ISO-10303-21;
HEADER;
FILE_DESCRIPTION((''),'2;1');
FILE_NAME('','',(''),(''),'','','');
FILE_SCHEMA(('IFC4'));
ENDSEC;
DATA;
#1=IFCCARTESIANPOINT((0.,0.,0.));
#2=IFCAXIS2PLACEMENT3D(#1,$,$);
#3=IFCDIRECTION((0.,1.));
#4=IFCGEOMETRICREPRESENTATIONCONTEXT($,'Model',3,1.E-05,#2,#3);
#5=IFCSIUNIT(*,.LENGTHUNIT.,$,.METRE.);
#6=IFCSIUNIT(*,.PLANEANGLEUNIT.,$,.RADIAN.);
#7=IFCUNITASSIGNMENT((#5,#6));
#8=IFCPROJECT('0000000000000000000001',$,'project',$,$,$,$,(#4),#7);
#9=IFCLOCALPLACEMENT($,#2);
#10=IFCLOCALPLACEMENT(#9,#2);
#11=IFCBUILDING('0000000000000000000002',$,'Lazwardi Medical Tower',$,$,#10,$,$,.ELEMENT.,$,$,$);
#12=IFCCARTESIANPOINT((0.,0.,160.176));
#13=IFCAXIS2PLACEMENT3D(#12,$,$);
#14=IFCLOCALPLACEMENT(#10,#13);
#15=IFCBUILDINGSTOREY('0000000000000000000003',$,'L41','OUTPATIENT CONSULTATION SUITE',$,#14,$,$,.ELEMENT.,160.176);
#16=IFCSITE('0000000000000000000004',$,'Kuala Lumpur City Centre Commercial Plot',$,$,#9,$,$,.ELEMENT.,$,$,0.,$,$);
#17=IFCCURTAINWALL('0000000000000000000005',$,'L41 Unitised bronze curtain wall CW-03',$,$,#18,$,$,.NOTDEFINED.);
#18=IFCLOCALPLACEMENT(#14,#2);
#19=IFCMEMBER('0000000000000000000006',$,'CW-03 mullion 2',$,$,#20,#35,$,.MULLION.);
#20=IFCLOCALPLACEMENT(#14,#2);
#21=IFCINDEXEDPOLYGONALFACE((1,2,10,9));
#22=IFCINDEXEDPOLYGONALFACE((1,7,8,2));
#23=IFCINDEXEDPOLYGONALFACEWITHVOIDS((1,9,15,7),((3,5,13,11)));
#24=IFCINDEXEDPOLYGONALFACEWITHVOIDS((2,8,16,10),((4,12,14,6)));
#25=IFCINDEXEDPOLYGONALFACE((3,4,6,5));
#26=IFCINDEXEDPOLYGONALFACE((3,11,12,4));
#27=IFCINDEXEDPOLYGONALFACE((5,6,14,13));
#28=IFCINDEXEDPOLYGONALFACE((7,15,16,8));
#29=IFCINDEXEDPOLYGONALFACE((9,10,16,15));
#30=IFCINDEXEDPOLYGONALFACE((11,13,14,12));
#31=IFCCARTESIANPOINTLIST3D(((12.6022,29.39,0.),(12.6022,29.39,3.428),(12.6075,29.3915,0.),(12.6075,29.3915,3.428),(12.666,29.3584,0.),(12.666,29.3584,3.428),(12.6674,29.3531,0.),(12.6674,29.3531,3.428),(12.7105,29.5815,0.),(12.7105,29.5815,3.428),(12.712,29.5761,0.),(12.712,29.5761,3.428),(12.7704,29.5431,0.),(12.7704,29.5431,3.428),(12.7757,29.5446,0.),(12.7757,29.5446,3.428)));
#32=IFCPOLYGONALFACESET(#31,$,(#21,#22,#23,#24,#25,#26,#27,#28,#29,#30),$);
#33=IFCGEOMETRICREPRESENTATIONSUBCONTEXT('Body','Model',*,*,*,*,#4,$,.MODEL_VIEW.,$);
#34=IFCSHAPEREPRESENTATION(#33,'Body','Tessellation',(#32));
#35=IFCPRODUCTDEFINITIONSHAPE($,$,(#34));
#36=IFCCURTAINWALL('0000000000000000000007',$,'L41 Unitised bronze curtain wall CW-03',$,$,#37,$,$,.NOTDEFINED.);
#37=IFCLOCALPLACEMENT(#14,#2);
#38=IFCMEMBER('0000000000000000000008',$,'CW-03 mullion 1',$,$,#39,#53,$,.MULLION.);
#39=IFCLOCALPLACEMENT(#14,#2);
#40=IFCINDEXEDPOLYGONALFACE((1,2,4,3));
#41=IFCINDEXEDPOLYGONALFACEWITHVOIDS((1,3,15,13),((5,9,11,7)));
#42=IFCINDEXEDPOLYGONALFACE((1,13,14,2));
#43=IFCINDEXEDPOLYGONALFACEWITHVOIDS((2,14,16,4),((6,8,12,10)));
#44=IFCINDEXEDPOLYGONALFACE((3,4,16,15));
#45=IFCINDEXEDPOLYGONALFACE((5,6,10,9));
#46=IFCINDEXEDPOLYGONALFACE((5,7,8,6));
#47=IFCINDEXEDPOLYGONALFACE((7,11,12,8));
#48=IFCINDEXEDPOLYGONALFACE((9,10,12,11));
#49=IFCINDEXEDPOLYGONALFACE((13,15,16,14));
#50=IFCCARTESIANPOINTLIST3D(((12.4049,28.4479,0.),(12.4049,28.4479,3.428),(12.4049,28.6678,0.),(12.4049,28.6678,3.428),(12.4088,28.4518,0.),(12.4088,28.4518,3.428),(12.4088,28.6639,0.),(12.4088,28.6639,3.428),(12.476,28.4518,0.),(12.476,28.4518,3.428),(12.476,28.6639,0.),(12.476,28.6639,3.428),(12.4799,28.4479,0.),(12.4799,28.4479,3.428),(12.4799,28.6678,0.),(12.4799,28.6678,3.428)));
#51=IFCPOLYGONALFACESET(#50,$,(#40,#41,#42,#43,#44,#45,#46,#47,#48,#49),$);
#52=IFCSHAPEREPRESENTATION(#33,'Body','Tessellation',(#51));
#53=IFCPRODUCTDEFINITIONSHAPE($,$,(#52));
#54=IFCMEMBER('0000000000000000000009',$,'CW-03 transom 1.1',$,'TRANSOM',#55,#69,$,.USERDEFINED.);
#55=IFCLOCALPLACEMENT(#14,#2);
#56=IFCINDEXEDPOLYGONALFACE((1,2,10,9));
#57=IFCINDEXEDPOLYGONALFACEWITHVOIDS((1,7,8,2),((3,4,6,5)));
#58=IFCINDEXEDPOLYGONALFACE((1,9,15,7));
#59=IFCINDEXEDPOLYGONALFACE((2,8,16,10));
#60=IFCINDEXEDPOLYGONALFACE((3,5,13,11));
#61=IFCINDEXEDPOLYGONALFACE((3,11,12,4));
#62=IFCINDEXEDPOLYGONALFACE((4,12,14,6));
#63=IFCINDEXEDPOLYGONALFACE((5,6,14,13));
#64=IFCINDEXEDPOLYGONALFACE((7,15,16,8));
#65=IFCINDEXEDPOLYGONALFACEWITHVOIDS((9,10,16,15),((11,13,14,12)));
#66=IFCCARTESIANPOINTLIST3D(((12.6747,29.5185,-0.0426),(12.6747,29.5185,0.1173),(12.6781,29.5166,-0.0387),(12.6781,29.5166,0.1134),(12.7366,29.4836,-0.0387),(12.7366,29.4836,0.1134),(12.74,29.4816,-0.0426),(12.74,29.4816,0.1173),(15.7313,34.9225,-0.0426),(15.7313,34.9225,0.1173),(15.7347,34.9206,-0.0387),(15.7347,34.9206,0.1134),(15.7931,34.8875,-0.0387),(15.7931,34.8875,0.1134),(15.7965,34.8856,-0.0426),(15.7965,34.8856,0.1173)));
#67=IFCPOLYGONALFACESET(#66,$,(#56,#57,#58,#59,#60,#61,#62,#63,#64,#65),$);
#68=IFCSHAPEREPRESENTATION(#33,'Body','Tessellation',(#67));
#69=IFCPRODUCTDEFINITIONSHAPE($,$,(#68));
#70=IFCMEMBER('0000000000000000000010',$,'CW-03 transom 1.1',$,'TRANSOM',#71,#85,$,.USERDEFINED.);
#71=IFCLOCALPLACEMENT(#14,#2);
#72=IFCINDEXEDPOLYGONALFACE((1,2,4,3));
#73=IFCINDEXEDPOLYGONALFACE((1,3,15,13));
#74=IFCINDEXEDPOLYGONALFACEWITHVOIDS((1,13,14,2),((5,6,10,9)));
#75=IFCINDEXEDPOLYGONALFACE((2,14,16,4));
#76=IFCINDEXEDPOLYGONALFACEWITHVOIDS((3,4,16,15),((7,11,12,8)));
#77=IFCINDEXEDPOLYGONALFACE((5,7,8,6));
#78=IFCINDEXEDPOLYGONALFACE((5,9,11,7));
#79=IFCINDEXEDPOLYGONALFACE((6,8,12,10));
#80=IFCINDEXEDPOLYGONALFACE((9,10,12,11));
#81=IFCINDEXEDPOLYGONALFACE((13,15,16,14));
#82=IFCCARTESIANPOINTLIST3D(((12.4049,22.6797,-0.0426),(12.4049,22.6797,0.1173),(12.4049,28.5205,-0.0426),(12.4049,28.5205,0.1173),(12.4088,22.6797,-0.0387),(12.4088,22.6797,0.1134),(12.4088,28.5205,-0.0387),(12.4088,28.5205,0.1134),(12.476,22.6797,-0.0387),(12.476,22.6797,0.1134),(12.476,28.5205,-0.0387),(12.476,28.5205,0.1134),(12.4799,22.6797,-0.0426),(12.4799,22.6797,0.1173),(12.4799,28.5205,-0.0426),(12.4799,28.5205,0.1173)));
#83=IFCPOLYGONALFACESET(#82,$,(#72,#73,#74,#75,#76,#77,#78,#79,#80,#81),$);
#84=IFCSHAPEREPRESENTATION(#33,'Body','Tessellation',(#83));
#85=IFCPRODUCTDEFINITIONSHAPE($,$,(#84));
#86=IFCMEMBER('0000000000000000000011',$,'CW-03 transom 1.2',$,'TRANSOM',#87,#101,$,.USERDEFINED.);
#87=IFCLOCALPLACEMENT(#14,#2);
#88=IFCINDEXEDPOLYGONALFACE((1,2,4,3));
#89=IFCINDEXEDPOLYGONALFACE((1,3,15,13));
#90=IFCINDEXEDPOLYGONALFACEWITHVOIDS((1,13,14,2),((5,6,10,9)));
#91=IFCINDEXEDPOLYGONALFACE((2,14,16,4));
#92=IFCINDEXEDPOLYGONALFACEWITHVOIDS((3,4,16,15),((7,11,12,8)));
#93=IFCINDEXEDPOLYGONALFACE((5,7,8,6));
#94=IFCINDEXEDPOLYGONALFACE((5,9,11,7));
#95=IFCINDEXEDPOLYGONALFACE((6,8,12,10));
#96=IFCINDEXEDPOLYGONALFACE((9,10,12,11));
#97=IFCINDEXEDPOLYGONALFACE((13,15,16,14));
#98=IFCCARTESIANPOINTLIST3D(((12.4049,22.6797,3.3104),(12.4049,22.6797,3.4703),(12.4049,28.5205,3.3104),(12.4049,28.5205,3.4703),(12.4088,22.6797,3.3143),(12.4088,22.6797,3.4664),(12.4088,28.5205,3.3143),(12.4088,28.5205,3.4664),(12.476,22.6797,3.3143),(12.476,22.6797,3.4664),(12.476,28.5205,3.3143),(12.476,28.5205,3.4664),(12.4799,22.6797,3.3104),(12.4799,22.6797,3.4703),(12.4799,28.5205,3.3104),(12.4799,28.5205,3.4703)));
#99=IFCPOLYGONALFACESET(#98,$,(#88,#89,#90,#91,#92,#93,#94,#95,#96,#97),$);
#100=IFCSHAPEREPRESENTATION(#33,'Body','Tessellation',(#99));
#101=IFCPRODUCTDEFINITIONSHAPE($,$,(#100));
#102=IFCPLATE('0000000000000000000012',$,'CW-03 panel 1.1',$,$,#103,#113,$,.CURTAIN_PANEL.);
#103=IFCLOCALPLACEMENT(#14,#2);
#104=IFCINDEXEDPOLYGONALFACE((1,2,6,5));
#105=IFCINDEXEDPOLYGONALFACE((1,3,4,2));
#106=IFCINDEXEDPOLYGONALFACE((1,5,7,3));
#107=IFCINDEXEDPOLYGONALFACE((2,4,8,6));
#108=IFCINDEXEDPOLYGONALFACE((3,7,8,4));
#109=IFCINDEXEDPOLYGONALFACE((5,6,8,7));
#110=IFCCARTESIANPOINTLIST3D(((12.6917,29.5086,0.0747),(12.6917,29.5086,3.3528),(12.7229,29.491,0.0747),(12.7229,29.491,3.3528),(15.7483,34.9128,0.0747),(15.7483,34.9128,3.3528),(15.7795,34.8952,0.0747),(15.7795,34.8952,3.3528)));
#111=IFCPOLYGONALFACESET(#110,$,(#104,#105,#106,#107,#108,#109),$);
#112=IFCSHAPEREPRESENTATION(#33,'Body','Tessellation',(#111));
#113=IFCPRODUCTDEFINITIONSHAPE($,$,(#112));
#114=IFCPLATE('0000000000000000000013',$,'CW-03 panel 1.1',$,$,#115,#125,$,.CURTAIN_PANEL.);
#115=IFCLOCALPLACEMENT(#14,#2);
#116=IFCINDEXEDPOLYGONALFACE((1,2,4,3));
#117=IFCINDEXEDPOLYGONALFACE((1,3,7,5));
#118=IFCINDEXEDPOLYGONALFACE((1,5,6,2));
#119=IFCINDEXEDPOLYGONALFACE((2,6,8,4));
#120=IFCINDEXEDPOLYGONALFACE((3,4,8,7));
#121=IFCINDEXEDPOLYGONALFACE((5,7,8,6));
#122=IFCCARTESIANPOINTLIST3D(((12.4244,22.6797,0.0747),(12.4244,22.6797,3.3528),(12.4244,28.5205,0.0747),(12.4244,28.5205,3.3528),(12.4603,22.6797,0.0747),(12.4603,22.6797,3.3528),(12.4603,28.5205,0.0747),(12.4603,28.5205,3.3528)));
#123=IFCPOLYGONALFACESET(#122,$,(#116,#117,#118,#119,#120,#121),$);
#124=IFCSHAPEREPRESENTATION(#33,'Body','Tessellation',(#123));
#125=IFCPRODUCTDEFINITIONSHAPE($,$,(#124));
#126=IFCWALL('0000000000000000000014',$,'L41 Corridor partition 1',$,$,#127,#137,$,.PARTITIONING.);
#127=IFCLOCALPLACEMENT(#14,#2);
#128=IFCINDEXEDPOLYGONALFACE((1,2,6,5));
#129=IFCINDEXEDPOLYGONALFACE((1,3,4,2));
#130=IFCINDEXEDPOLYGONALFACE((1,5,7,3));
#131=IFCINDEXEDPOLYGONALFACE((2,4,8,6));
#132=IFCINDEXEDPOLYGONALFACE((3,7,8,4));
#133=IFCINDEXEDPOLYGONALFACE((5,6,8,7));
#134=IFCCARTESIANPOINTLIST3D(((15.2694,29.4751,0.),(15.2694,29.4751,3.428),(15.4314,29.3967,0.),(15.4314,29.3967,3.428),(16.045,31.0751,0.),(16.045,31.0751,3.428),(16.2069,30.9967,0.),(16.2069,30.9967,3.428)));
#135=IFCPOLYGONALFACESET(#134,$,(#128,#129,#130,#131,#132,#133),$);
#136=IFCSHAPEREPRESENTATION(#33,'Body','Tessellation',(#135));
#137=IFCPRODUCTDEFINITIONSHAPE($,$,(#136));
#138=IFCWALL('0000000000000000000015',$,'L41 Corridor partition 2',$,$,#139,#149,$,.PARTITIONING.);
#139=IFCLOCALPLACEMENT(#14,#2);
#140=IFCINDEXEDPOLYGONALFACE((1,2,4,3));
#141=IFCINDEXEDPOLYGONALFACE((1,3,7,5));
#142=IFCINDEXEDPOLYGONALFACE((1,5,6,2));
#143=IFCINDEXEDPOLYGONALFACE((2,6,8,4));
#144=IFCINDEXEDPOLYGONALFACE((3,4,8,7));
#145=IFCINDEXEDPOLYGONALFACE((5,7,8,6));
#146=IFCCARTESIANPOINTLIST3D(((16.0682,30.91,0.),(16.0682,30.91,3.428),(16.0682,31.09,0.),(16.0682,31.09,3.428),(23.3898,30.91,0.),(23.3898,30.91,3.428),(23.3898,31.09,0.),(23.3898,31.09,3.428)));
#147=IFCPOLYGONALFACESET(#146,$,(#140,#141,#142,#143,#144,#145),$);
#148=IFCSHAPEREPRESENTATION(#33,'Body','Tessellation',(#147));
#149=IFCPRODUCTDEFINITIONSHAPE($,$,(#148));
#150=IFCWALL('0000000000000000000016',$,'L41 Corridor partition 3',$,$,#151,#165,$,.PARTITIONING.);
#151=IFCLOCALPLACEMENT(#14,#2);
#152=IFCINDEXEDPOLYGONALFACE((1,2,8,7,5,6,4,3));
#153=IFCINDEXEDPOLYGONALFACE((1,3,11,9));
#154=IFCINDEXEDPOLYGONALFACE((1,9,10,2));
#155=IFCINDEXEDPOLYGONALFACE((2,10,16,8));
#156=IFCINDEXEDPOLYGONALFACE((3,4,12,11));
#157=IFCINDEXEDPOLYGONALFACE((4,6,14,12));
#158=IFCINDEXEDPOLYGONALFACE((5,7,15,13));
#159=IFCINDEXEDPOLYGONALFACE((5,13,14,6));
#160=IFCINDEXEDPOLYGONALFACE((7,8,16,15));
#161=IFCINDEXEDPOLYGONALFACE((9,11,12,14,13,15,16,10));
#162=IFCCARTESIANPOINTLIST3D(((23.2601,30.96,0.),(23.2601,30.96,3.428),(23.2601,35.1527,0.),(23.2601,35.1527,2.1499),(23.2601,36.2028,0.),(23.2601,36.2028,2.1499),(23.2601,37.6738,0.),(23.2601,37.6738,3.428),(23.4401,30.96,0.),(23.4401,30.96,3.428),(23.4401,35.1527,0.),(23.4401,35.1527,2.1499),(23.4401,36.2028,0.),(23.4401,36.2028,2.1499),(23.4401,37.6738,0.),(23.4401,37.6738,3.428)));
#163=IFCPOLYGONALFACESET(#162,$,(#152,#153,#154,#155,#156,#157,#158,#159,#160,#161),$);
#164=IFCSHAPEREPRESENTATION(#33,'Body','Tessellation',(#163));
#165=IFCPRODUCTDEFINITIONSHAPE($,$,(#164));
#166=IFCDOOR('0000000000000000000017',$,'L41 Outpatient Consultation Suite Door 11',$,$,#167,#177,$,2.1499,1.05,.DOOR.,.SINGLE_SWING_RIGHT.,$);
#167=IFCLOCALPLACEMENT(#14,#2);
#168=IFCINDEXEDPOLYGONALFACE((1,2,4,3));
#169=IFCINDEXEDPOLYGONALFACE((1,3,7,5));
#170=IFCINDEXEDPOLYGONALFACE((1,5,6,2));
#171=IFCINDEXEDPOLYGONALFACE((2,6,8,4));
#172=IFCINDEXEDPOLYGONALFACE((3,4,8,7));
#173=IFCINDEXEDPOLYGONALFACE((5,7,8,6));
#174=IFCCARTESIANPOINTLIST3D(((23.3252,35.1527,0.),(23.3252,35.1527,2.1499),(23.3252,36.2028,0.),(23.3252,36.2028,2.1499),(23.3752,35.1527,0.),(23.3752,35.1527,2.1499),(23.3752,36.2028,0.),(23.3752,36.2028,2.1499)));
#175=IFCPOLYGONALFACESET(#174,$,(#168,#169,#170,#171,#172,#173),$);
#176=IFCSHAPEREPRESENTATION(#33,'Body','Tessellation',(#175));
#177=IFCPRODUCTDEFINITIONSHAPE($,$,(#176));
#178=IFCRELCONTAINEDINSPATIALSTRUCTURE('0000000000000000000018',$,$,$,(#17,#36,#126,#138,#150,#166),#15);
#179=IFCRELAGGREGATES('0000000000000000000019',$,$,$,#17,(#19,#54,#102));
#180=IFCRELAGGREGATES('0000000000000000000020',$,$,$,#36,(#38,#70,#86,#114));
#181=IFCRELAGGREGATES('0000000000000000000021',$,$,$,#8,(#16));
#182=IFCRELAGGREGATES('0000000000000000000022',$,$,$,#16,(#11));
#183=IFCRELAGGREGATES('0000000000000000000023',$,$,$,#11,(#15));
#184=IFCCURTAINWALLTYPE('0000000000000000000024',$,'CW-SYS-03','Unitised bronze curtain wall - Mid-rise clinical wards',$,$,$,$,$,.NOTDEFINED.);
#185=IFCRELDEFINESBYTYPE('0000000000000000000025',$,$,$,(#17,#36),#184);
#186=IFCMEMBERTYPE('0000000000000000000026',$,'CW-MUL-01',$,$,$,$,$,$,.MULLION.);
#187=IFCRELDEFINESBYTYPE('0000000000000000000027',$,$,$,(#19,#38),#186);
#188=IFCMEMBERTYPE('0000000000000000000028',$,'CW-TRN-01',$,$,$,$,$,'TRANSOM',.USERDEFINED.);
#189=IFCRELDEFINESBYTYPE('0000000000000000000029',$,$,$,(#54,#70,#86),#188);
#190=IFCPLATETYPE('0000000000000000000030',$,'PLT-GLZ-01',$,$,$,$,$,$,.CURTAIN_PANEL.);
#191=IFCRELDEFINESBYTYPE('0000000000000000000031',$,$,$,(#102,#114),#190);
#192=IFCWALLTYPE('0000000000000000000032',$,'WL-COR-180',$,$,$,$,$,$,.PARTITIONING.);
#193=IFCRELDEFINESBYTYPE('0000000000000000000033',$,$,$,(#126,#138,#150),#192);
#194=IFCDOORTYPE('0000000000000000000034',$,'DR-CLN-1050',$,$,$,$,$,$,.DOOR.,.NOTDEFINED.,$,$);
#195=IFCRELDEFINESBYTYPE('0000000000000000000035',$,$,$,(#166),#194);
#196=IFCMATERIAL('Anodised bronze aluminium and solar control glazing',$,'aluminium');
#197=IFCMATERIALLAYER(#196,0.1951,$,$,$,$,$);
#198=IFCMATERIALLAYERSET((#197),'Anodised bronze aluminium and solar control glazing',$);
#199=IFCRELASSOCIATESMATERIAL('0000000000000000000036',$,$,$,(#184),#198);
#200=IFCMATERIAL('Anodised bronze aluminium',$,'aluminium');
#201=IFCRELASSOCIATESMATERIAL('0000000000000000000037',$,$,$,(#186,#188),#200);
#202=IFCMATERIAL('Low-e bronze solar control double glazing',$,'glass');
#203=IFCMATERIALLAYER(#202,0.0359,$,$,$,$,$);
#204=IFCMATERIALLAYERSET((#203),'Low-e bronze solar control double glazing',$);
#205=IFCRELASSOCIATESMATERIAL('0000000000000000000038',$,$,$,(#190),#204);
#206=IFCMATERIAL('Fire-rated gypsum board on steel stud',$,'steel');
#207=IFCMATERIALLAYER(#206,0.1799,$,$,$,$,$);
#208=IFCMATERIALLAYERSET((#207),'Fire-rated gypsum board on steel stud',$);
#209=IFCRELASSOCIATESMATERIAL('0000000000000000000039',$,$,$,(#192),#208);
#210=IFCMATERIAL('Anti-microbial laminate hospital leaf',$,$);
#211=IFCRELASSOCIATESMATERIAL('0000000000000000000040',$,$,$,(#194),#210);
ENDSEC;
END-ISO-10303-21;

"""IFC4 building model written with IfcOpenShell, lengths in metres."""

from ifc_helpers import new_model, si_unit, direction, frame, frame_2d, origin, origin_2d, place, context, subcontext, project, spatial, rectangle, hollow_rectangle, extrude, material, layer, layer_set, material_profile, profile_set, type_object, element, fill, aggregate, save


model = new_model("IFC4")

# Units and contexts
model_context = context("Model", 3, precision=1e-05, world=origin(), true_north=direction((0.0, 1.0)))
body_context = subcontext(model_context, "Body", "Model", "MODEL_VIEW")
ifc_project = project(units=[si_unit("LENGTHUNIT", "METRE"), si_unit("PLANEANGLEUNIT", "RADIAN")], contexts=[model_context])

# Site, building, storey
site_placement = place(None, origin())
site = spatial("IfcSite", under=ifc_project, at=site_placement, Name="Kuala Lumpur City Centre Commercial Plot", CompositionType="ELEMENT", RefElevation=0.0)
building_placement = place(site_placement, origin())
building = spatial("IfcBuilding", under=site, at=building_placement, Name="Lazwardi Medical Tower", CompositionType="ELEMENT")
storey_placement = place(building_placement, frame((0.0, 0.0, 160.176)))
storey = spatial("IfcBuildingStorey", under=building, at=storey_placement, Name="L41", Description="OUTPATIENT CONSULTATION SUITE", CompositionType="ELEMENT", Elevation=160.176)

# Curtain walls, members
ifc_material_1 = material(Name="Anodised bronze aluminium and solar control glazing", Category="aluminium")
ifc_layer_1 = layer(ifc_material_1, 0.1951)
ifc_layer_set_1 = layer_set([ifc_layer_1], Name="Anodised bronze aluminium and solar control glazing")
curtain_wall_type = type_object("IfcCurtainWallType", Name="CW-SYS-03", Description="Unitised bronze curtain wall - Mid-rise clinical wards", PredefinedType="NOTDEFINED", material=ifc_layer_set_1)
curtain_wall_1_placement = place(storey_placement, origin())
curtain_wall_1 = element("IfcCurtainWall", 1, at=curtain_wall_1_placement, inside=storey, type_object=curtain_wall_type, Name="L41 Unitised bronze curtain wall CW-03", PredefinedType="NOTDEFINED")
ifc_material_2 = material(Name="Anodised bronze aluminium", Category="aluminium")
ifc_material_profile_1 = material_profile(ifc_material_2, hollow_rectangle(XDim=0.075, YDim=0.22, WallThickness=0.0039, at=origin_2d()), Name="ALU-MULLION 220x75x4")
ifc_profile_set_1 = profile_set([ifc_material_profile_1], Name="Anodised bronze aluminium")
member_type_1 = type_object("IfcMemberType", Name="CW-MUL-01", PredefinedType="MULLION", material=ifc_profile_set_1)
member_1_placement = place(storey_placement, frame((12.689, 29.4673, 0.0), z_axis=(0.0, 0.0, 1.0), x_axis=(0.870419, -0.492312, 0.0)))
member_1 = element("IfcMember", 2, at=member_1_placement, type_object=member_type_1, Name="CW-03 mullion 2", PredefinedType="MULLION", context=body_context, shape_type="SweptSolid", body=[
    extrude(hollow_rectangle(XDim=0.075, YDim=0.22, WallThickness=0.0039, at=origin_2d()), origin(), (0.0, 0.0, 1.0), 3.428),
])
curtain_wall_2_placement = place(storey_placement, origin())
curtain_wall_2 = element("IfcCurtainWall", 3, at=curtain_wall_2_placement, inside=storey, type_object=curtain_wall_type, Name="L41 Unitised bronze curtain wall CW-03", PredefinedType="NOTDEFINED")
member_2_placement = place(storey_placement, frame((12.4424, 28.5579, 0.0), z_axis=(0.0, 0.0, 1.0), x_axis=(1.0, 0.0, 0.0)))
member_2 = element("IfcMember", 4, at=member_2_placement, type_object=member_type_1, Name="CW-03 mullion 1", PredefinedType="MULLION", context=body_context, shape_type="SweptSolid", body=[
    extrude(hollow_rectangle(XDim=0.075, YDim=0.22, WallThickness=0.0039, at=origin_2d()), origin(), (0.0, 0.0, 1.0), 3.428),
])

# Members
ifc_material_profile_2 = material_profile(ifc_material_2, hollow_rectangle(XDim=0.075, YDim=0.1599, WallThickness=0.0039, at=origin_2d()), Name="ALU-TRANSOM 160x75x4")
ifc_profile_set_2 = profile_set([ifc_material_profile_2], Name="Anodised bronze aluminium")
member_type_2 = type_object("IfcMemberType", Name="CW-TRN-01", ElementType="TRANSOM", PredefinedType="USERDEFINED", material=ifc_profile_set_2)
member_3_placement = place(storey_placement, frame((15.7639, 34.9041, 0.0374), z_axis=(-0.492323, -0.870413, 0.0), x_axis=(0.870413, -0.492323, 0.0)))
member_3 = element("IfcMember", 5, at=member_3_placement, type_object=member_type_2, Name="CW-03 transom 1.1", ObjectType="TRANSOM", PredefinedType="USERDEFINED", context=body_context, shape_type="SweptSolid", body=[
    extrude(hollow_rectangle(XDim=0.075, YDim=0.1599, WallThickness=0.0039, at=origin_2d()), origin(), (0.0, 0.0, 1.0), 6.2085),
])
member_4_placement = place(storey_placement, frame((12.4424, 28.5205, 0.0374), z_axis=(0.0, -1.0, 0.0), x_axis=(1.0, 0.0, 0.0)))
member_4 = element("IfcMember", 6, at=member_4_placement, type_object=member_type_2, Name="CW-03 transom 1.1", ObjectType="TRANSOM", PredefinedType="USERDEFINED", context=body_context, shape_type="SweptSolid", body=[
    extrude(hollow_rectangle(XDim=0.075, YDim=0.1599, WallThickness=0.0039, at=origin_2d()), origin(), (0.0, 0.0, 1.0), 5.8408),
])
member_5_placement = place(storey_placement, frame((12.4424, 28.5205, 3.3904), z_axis=(0.0, -1.0, 0.0), x_axis=(1.0, 0.0, 0.0)))
member_5 = element("IfcMember", 7, at=member_5_placement, type_object=member_type_2, Name="CW-03 transom 1.2", ObjectType="TRANSOM", PredefinedType="USERDEFINED", context=body_context, shape_type="SweptSolid", body=[
    extrude(hollow_rectangle(XDim=0.075, YDim=0.1599, WallThickness=0.0039, at=origin_2d()), origin(), (0.0, 0.0, 1.0), 5.8408),
])

# Plates
ifc_material_3 = material(Name="Low-e bronze solar control double glazing", Category="glass")
ifc_layer_2 = layer(ifc_material_3, 0.0359)
ifc_layer_set_2 = layer_set([ifc_layer_2], Name="Low-e bronze solar control double glazing")
plate_type = type_object("IfcPlateType", Name="PLT-GLZ-01", PredefinedType="CURTAIN_PANEL", material=ifc_layer_set_2)
plate_1_placement = place(storey_placement, frame((14.2356, 32.2019, 0.0747), z_axis=(0.0, 0.0, 1.0), x_axis=(-0.492312, -0.870419, 0.0)))
plate_1 = element("IfcPlate", 8, at=plate_1_placement, type_object=plate_type, Name="CW-03 panel 1.1", PredefinedType="CURTAIN_PANEL", context=body_context, shape_type="SweptSolid", body=[
    extrude(rectangle(XDim=6.2087, YDim=0.0359, at=origin_2d()), origin(), (0.0, 0.0, 1.0), 3.2781),
])
aggregate(curtain_wall_1, [member_1, member_3, plate_1])
plate_2_placement = place(storey_placement, frame((12.4424, 25.6001, 0.0747), z_axis=(0.0, 0.0, 1.0), x_axis=(0.0, -1.0, 0.0)))
plate_2 = element("IfcPlate", 9, at=plate_2_placement, type_object=plate_type, Name="CW-03 panel 1.1", PredefinedType="CURTAIN_PANEL", context=body_context, shape_type="SweptSolid", body=[
    extrude(rectangle(XDim=5.8408, YDim=0.0359, at=origin_2d()), origin(), (0.0, 0.0, 1.0), 3.2781),
])
aggregate(curtain_wall_2, [member_2, member_4, member_5, plate_2])

# Walls
ifc_material_4 = material(Name="Fire-rated gypsum board on steel stud", Category="steel")
ifc_layer_3 = layer(ifc_material_4, 0.1799)
ifc_layer_set_3 = layer_set([ifc_layer_3], Name="Fire-rated gypsum board on steel stud")
wall_type_1 = type_object("IfcWallType", Name="WL-COR-180", PredefinedType="PARTITIONING", material=ifc_layer_set_3)
wall_1_placement = place(storey_placement, frame((15.3503, 29.4358, 0.0), z_axis=(0.0, 0.0, 1.0), x_axis=(0.436196, 0.899852, 0.0)))
element("IfcWall", 10, at=wall_1_placement, inside=storey, type_object=wall_type_1, Name="L41 Corridor partition 1", PredefinedType="PARTITIONING", context=body_context, shape_type="SweptSolid", body=[
    extrude(rectangle(XDim=1.7781, YDim=0.1799, at=frame_2d((0.8892, 0.0))), origin(), (0.0, 0.0, 1.0), 3.428),
])
wall_2_placement = place(storey_placement, frame((16.0684, 31.0, 0.0), z_axis=(0.0, 0.0, 1.0), x_axis=(1.0, 0.0, 0.0)))
element("IfcWall", 11, at=wall_2_placement, inside=storey, type_object=wall_type_1, Name="L41 Corridor partition 2", PredefinedType="PARTITIONING", context=body_context, shape_type="SweptSolid", body=[
    extrude(rectangle(XDim=7.3215, YDim=0.1799, at=frame_2d((3.6606, 0.0))), origin(), (0.0, 0.0, 1.0), 3.428),
])

# Wall, opening, door
wall_3_placement = place(storey_placement, frame((23.3501, 30.96, 0.0), z_axis=(0.0, 0.0, 1.0), x_axis=(0.0, 1.0, 0.0)))
wall_3 = element("IfcWall", 12, at=wall_3_placement, inside=storey, type_object=wall_type_1, Name="L41 Corridor partition 3", PredefinedType="PARTITIONING", context=body_context, shape_type="SweptSolid", body=[
    extrude(rectangle(XDim=6.7139, YDim=0.1799, at=frame_2d((3.3569, 0.0))), origin(), (0.0, 0.0, 1.0), 3.428),
])
opening_1_placement = place(wall_3_placement, frame((4.1929, 0.0, 0.0)))
opening_1 = element("IfcOpeningElement", 13, at=opening_1_placement, cuts=wall_3, PredefinedType="OPENING", context=body_context, shape_type="SweptSolid", body=[
    extrude(rectangle(XDim=1.05, YDim=2.1499, at=frame_2d((0.5249, 1.075))), frame((0.0, 0.0999, 0.0), z_axis=(0.0, -1.0, 0.0), x_axis=(1.0, 0.0, 0.0)), (0.0, 0.0, 1.0), 0.2),
])
ifc_material_5 = material(Name="Anti-microbial laminate hospital leaf")
door_type = type_object("IfcDoorType", Name="DR-CLN-1050", OperationType="NOTDEFINED", PredefinedType="DOOR", material=ifc_material_5)
door_1_placement = place(opening_1_placement, origin())
door_1 = element("IfcDoor", 14, at=door_1_placement, inside=storey, type_object=door_type, Name="L41 Outpatient Consultation Suite Door 11", OperationType="SINGLE_SWING_RIGHT", OverallHeight=2.1499, OverallWidth=1.05, PredefinedType="DOOR", context=body_context, shape_type="SweptSolid", body=[
    extrude(rectangle(XDim=1.05, YDim=2.1499, at=frame_2d((0.5249, 1.075))), frame((0.0, 0.0249, 0.0), z_axis=(0.0, -1.0, 0.0), x_axis=(1.0, 0.0, 0.0)), (0.0, 0.0, 1.0), 0.05),
])
fill(opening_1, door_1)

save(model, "model.ifc")
